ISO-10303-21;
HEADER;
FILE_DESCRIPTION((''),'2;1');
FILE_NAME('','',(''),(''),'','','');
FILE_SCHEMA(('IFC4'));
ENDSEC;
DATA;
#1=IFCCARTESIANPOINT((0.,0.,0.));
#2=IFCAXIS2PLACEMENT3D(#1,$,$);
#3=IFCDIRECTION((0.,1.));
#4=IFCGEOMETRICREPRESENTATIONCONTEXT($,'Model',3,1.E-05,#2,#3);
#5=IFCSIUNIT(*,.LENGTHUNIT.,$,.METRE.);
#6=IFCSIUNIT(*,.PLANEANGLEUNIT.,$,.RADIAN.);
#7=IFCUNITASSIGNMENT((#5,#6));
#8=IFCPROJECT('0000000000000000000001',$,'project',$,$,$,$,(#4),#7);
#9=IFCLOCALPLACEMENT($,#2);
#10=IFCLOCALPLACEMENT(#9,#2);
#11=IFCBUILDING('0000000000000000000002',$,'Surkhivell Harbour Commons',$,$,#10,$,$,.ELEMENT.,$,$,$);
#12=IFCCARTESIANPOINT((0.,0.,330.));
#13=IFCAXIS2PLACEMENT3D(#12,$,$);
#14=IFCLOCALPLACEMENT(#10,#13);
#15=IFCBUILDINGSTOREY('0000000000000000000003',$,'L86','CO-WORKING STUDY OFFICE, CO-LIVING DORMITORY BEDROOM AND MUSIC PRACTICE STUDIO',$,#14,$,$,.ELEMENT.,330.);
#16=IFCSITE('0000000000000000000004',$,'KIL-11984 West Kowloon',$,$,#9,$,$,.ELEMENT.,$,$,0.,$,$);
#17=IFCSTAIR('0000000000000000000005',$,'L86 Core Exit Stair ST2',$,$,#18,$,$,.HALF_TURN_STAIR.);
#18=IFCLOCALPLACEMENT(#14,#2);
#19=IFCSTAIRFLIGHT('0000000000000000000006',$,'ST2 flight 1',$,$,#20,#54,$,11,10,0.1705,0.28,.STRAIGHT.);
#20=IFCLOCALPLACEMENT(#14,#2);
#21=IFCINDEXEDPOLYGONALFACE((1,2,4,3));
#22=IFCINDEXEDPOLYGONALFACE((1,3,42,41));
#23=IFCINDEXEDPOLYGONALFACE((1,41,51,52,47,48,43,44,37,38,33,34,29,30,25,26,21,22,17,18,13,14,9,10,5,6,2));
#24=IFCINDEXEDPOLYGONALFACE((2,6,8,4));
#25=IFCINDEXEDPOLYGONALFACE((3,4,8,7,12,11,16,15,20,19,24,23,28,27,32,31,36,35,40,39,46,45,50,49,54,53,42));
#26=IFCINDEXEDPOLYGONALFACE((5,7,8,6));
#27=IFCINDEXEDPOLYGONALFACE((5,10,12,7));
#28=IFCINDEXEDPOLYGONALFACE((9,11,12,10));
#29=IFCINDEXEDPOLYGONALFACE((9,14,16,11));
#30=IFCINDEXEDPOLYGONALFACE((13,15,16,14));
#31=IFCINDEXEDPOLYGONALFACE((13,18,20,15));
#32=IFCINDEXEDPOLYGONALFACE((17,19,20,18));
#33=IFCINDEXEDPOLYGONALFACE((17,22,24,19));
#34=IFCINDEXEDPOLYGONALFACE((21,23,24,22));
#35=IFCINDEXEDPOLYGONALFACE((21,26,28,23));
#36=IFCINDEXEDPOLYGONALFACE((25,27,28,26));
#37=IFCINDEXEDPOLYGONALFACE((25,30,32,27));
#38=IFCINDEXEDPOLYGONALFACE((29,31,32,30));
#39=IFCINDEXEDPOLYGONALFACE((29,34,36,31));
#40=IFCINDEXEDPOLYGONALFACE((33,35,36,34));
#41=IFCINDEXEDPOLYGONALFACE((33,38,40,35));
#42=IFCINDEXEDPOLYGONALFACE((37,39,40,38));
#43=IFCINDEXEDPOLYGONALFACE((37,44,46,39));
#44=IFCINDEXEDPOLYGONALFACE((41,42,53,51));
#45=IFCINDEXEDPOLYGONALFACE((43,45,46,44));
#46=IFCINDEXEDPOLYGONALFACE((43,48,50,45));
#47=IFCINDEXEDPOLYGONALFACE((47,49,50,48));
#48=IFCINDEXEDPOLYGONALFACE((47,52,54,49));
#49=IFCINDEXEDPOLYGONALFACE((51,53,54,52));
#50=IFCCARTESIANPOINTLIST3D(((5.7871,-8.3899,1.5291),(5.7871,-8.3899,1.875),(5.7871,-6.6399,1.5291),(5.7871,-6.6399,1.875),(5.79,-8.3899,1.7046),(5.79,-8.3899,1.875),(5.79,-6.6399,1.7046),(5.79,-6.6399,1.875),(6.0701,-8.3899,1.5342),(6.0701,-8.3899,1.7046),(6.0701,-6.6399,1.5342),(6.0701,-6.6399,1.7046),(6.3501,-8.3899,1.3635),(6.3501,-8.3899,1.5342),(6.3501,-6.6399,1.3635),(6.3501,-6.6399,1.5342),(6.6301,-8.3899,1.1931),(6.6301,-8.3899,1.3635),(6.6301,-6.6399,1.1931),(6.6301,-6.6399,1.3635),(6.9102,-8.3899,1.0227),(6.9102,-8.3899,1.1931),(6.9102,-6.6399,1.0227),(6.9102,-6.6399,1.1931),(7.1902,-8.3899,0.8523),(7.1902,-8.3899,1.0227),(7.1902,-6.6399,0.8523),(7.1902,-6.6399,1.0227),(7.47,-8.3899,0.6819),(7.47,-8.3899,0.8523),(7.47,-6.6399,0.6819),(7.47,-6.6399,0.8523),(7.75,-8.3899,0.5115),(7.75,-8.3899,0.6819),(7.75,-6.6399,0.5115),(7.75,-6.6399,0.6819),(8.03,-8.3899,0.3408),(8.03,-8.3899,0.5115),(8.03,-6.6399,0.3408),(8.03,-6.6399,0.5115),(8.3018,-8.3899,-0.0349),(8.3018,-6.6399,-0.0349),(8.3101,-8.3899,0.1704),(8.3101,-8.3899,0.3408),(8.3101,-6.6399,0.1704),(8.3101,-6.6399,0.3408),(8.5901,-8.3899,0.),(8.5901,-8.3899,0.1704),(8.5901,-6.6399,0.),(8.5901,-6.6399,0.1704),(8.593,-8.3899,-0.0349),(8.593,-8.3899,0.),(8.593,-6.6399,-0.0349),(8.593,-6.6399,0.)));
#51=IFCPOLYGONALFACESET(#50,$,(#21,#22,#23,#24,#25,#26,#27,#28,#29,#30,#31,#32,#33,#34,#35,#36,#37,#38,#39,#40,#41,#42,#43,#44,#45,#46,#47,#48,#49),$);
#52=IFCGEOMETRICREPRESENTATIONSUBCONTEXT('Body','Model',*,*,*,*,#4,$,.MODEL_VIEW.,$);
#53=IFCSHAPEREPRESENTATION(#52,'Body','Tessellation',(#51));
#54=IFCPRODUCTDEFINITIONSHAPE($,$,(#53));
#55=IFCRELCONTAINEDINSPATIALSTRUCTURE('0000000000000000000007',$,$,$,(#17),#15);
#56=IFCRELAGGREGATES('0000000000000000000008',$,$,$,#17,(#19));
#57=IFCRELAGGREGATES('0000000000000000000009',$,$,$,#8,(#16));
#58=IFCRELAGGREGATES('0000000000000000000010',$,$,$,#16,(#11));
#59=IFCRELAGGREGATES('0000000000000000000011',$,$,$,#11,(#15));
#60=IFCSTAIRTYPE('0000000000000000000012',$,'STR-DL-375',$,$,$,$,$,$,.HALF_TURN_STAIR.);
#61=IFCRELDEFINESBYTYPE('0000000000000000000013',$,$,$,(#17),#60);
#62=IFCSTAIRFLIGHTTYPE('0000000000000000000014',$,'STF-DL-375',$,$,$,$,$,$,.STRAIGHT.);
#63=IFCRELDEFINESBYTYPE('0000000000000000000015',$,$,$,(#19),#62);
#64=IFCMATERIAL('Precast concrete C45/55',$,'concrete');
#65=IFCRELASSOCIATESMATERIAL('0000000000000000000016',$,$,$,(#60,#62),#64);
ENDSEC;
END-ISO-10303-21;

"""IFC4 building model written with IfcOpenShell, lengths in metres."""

from ifc_helpers import new_model, si_unit, direction, frame, origin, place, context, subcontext, project, spatial, polyline, outline, extrude, material, type_object, element, aggregate, save


model = new_model("IFC4")

# Units and contexts
model_context = context("Model", 3, precision=1e-05, world=origin(), true_north=direction((0.0, 1.0)))
body_context = subcontext(model_context, "Body", "Model", "MODEL_VIEW")
ifc_project = project(units=[si_unit("LENGTHUNIT", "METRE"), si_unit("PLANEANGLEUNIT", "RADIAN")], contexts=[model_context])

# Site, building, storey
site_placement = place(None, origin())
site = spatial("IfcSite", under=ifc_project, at=site_placement, Name="KIL-11984 West Kowloon", CompositionType="ELEMENT", RefElevation=0.0)
building_placement = place(site_placement, origin())
building = spatial("IfcBuilding", under=site, at=building_placement, Name="Surkhivell Harbour Commons", CompositionType="ELEMENT")
storey_placement = place(building_placement, frame((0.0, 0.0, 330.0)))
storey = spatial("IfcBuildingStorey", under=building, at=storey_placement, Name="L86", Description="CO-WORKING STUDY OFFICE, CO-LIVING DORMITORY BEDROOM AND MUSIC PRACTICE STUDIO", CompositionType="ELEMENT", Elevation=330.0)

# Stair, stair flight
ifc_material_1 = material(Name="Precast concrete C45/55", Category="concrete")
stair_type = type_object("IfcStairType", Name="STR-DL-375", PredefinedType="HALF_TURN_STAIR", material=ifc_material_1)
stair_placement = place(storey_placement, origin())
stair = element("IfcStair", 1, at=stair_placement, inside=storey, type_object=stair_type, Name="L86 Core Exit Stair ST2", PredefinedType="HALF_TURN_STAIR")
stair_flight_type = type_object("IfcStairFlightType", Name="STF-DL-375", PredefinedType="STRAIGHT", material=ifc_material_1)
stair_flight_placement = place(storey_placement, frame((8.5901, -7.5149, 0.0), z_axis=(0.0, 0.0, 1.0), x_axis=(-1.0, 0.0, 0.0)))
stair_flight = element("IfcStairFlight", 2, at=stair_flight_placement, type_object=stair_flight_type, Name="ST2 flight 1", NumberOfRisers=11, NumberOfTreads=10, PredefinedType="STRAIGHT", RiserHeight=0.1705, TreadLength=0.28, context=body_context, shape_type="SweptSolid", body=[
    extrude(outline(polyline([(-0.0029, -0.0349), (-0.0029, 0.0), (0.0, 0.0), (0.0, 0.1704), (0.28, 0.1704), (0.28, 0.3408), (0.5601, 0.3408), (0.5601, 0.5115), (0.8401, 0.5115), (0.8401, 0.6819), (1.1201, 0.6819), (1.1201, 0.8523), (1.3999, 0.8523), (1.3999, 1.0227), (1.6799, 1.0227), (1.6799, 1.1931), (1.96, 1.1931), (1.96, 1.3635), (2.24, 1.3635), (2.24, 1.5342), (2.52, 1.5342), (2.52, 1.7046), (2.8, 1.7046), (2.8, 1.875), (2.803, 1.875), (2.803, 1.5291), (0.2883, -0.0349), (-0.0029, -0.0349)])), frame((0.0, 0.875, 0.0), z_axis=(0.0, -1.0, 0.0), x_axis=(1.0, 0.0, 0.0)), (0.0, 0.0, 1.0), 1.75),
])
aggregate(stair, [stair_flight])

save(model, "model.ifc")
